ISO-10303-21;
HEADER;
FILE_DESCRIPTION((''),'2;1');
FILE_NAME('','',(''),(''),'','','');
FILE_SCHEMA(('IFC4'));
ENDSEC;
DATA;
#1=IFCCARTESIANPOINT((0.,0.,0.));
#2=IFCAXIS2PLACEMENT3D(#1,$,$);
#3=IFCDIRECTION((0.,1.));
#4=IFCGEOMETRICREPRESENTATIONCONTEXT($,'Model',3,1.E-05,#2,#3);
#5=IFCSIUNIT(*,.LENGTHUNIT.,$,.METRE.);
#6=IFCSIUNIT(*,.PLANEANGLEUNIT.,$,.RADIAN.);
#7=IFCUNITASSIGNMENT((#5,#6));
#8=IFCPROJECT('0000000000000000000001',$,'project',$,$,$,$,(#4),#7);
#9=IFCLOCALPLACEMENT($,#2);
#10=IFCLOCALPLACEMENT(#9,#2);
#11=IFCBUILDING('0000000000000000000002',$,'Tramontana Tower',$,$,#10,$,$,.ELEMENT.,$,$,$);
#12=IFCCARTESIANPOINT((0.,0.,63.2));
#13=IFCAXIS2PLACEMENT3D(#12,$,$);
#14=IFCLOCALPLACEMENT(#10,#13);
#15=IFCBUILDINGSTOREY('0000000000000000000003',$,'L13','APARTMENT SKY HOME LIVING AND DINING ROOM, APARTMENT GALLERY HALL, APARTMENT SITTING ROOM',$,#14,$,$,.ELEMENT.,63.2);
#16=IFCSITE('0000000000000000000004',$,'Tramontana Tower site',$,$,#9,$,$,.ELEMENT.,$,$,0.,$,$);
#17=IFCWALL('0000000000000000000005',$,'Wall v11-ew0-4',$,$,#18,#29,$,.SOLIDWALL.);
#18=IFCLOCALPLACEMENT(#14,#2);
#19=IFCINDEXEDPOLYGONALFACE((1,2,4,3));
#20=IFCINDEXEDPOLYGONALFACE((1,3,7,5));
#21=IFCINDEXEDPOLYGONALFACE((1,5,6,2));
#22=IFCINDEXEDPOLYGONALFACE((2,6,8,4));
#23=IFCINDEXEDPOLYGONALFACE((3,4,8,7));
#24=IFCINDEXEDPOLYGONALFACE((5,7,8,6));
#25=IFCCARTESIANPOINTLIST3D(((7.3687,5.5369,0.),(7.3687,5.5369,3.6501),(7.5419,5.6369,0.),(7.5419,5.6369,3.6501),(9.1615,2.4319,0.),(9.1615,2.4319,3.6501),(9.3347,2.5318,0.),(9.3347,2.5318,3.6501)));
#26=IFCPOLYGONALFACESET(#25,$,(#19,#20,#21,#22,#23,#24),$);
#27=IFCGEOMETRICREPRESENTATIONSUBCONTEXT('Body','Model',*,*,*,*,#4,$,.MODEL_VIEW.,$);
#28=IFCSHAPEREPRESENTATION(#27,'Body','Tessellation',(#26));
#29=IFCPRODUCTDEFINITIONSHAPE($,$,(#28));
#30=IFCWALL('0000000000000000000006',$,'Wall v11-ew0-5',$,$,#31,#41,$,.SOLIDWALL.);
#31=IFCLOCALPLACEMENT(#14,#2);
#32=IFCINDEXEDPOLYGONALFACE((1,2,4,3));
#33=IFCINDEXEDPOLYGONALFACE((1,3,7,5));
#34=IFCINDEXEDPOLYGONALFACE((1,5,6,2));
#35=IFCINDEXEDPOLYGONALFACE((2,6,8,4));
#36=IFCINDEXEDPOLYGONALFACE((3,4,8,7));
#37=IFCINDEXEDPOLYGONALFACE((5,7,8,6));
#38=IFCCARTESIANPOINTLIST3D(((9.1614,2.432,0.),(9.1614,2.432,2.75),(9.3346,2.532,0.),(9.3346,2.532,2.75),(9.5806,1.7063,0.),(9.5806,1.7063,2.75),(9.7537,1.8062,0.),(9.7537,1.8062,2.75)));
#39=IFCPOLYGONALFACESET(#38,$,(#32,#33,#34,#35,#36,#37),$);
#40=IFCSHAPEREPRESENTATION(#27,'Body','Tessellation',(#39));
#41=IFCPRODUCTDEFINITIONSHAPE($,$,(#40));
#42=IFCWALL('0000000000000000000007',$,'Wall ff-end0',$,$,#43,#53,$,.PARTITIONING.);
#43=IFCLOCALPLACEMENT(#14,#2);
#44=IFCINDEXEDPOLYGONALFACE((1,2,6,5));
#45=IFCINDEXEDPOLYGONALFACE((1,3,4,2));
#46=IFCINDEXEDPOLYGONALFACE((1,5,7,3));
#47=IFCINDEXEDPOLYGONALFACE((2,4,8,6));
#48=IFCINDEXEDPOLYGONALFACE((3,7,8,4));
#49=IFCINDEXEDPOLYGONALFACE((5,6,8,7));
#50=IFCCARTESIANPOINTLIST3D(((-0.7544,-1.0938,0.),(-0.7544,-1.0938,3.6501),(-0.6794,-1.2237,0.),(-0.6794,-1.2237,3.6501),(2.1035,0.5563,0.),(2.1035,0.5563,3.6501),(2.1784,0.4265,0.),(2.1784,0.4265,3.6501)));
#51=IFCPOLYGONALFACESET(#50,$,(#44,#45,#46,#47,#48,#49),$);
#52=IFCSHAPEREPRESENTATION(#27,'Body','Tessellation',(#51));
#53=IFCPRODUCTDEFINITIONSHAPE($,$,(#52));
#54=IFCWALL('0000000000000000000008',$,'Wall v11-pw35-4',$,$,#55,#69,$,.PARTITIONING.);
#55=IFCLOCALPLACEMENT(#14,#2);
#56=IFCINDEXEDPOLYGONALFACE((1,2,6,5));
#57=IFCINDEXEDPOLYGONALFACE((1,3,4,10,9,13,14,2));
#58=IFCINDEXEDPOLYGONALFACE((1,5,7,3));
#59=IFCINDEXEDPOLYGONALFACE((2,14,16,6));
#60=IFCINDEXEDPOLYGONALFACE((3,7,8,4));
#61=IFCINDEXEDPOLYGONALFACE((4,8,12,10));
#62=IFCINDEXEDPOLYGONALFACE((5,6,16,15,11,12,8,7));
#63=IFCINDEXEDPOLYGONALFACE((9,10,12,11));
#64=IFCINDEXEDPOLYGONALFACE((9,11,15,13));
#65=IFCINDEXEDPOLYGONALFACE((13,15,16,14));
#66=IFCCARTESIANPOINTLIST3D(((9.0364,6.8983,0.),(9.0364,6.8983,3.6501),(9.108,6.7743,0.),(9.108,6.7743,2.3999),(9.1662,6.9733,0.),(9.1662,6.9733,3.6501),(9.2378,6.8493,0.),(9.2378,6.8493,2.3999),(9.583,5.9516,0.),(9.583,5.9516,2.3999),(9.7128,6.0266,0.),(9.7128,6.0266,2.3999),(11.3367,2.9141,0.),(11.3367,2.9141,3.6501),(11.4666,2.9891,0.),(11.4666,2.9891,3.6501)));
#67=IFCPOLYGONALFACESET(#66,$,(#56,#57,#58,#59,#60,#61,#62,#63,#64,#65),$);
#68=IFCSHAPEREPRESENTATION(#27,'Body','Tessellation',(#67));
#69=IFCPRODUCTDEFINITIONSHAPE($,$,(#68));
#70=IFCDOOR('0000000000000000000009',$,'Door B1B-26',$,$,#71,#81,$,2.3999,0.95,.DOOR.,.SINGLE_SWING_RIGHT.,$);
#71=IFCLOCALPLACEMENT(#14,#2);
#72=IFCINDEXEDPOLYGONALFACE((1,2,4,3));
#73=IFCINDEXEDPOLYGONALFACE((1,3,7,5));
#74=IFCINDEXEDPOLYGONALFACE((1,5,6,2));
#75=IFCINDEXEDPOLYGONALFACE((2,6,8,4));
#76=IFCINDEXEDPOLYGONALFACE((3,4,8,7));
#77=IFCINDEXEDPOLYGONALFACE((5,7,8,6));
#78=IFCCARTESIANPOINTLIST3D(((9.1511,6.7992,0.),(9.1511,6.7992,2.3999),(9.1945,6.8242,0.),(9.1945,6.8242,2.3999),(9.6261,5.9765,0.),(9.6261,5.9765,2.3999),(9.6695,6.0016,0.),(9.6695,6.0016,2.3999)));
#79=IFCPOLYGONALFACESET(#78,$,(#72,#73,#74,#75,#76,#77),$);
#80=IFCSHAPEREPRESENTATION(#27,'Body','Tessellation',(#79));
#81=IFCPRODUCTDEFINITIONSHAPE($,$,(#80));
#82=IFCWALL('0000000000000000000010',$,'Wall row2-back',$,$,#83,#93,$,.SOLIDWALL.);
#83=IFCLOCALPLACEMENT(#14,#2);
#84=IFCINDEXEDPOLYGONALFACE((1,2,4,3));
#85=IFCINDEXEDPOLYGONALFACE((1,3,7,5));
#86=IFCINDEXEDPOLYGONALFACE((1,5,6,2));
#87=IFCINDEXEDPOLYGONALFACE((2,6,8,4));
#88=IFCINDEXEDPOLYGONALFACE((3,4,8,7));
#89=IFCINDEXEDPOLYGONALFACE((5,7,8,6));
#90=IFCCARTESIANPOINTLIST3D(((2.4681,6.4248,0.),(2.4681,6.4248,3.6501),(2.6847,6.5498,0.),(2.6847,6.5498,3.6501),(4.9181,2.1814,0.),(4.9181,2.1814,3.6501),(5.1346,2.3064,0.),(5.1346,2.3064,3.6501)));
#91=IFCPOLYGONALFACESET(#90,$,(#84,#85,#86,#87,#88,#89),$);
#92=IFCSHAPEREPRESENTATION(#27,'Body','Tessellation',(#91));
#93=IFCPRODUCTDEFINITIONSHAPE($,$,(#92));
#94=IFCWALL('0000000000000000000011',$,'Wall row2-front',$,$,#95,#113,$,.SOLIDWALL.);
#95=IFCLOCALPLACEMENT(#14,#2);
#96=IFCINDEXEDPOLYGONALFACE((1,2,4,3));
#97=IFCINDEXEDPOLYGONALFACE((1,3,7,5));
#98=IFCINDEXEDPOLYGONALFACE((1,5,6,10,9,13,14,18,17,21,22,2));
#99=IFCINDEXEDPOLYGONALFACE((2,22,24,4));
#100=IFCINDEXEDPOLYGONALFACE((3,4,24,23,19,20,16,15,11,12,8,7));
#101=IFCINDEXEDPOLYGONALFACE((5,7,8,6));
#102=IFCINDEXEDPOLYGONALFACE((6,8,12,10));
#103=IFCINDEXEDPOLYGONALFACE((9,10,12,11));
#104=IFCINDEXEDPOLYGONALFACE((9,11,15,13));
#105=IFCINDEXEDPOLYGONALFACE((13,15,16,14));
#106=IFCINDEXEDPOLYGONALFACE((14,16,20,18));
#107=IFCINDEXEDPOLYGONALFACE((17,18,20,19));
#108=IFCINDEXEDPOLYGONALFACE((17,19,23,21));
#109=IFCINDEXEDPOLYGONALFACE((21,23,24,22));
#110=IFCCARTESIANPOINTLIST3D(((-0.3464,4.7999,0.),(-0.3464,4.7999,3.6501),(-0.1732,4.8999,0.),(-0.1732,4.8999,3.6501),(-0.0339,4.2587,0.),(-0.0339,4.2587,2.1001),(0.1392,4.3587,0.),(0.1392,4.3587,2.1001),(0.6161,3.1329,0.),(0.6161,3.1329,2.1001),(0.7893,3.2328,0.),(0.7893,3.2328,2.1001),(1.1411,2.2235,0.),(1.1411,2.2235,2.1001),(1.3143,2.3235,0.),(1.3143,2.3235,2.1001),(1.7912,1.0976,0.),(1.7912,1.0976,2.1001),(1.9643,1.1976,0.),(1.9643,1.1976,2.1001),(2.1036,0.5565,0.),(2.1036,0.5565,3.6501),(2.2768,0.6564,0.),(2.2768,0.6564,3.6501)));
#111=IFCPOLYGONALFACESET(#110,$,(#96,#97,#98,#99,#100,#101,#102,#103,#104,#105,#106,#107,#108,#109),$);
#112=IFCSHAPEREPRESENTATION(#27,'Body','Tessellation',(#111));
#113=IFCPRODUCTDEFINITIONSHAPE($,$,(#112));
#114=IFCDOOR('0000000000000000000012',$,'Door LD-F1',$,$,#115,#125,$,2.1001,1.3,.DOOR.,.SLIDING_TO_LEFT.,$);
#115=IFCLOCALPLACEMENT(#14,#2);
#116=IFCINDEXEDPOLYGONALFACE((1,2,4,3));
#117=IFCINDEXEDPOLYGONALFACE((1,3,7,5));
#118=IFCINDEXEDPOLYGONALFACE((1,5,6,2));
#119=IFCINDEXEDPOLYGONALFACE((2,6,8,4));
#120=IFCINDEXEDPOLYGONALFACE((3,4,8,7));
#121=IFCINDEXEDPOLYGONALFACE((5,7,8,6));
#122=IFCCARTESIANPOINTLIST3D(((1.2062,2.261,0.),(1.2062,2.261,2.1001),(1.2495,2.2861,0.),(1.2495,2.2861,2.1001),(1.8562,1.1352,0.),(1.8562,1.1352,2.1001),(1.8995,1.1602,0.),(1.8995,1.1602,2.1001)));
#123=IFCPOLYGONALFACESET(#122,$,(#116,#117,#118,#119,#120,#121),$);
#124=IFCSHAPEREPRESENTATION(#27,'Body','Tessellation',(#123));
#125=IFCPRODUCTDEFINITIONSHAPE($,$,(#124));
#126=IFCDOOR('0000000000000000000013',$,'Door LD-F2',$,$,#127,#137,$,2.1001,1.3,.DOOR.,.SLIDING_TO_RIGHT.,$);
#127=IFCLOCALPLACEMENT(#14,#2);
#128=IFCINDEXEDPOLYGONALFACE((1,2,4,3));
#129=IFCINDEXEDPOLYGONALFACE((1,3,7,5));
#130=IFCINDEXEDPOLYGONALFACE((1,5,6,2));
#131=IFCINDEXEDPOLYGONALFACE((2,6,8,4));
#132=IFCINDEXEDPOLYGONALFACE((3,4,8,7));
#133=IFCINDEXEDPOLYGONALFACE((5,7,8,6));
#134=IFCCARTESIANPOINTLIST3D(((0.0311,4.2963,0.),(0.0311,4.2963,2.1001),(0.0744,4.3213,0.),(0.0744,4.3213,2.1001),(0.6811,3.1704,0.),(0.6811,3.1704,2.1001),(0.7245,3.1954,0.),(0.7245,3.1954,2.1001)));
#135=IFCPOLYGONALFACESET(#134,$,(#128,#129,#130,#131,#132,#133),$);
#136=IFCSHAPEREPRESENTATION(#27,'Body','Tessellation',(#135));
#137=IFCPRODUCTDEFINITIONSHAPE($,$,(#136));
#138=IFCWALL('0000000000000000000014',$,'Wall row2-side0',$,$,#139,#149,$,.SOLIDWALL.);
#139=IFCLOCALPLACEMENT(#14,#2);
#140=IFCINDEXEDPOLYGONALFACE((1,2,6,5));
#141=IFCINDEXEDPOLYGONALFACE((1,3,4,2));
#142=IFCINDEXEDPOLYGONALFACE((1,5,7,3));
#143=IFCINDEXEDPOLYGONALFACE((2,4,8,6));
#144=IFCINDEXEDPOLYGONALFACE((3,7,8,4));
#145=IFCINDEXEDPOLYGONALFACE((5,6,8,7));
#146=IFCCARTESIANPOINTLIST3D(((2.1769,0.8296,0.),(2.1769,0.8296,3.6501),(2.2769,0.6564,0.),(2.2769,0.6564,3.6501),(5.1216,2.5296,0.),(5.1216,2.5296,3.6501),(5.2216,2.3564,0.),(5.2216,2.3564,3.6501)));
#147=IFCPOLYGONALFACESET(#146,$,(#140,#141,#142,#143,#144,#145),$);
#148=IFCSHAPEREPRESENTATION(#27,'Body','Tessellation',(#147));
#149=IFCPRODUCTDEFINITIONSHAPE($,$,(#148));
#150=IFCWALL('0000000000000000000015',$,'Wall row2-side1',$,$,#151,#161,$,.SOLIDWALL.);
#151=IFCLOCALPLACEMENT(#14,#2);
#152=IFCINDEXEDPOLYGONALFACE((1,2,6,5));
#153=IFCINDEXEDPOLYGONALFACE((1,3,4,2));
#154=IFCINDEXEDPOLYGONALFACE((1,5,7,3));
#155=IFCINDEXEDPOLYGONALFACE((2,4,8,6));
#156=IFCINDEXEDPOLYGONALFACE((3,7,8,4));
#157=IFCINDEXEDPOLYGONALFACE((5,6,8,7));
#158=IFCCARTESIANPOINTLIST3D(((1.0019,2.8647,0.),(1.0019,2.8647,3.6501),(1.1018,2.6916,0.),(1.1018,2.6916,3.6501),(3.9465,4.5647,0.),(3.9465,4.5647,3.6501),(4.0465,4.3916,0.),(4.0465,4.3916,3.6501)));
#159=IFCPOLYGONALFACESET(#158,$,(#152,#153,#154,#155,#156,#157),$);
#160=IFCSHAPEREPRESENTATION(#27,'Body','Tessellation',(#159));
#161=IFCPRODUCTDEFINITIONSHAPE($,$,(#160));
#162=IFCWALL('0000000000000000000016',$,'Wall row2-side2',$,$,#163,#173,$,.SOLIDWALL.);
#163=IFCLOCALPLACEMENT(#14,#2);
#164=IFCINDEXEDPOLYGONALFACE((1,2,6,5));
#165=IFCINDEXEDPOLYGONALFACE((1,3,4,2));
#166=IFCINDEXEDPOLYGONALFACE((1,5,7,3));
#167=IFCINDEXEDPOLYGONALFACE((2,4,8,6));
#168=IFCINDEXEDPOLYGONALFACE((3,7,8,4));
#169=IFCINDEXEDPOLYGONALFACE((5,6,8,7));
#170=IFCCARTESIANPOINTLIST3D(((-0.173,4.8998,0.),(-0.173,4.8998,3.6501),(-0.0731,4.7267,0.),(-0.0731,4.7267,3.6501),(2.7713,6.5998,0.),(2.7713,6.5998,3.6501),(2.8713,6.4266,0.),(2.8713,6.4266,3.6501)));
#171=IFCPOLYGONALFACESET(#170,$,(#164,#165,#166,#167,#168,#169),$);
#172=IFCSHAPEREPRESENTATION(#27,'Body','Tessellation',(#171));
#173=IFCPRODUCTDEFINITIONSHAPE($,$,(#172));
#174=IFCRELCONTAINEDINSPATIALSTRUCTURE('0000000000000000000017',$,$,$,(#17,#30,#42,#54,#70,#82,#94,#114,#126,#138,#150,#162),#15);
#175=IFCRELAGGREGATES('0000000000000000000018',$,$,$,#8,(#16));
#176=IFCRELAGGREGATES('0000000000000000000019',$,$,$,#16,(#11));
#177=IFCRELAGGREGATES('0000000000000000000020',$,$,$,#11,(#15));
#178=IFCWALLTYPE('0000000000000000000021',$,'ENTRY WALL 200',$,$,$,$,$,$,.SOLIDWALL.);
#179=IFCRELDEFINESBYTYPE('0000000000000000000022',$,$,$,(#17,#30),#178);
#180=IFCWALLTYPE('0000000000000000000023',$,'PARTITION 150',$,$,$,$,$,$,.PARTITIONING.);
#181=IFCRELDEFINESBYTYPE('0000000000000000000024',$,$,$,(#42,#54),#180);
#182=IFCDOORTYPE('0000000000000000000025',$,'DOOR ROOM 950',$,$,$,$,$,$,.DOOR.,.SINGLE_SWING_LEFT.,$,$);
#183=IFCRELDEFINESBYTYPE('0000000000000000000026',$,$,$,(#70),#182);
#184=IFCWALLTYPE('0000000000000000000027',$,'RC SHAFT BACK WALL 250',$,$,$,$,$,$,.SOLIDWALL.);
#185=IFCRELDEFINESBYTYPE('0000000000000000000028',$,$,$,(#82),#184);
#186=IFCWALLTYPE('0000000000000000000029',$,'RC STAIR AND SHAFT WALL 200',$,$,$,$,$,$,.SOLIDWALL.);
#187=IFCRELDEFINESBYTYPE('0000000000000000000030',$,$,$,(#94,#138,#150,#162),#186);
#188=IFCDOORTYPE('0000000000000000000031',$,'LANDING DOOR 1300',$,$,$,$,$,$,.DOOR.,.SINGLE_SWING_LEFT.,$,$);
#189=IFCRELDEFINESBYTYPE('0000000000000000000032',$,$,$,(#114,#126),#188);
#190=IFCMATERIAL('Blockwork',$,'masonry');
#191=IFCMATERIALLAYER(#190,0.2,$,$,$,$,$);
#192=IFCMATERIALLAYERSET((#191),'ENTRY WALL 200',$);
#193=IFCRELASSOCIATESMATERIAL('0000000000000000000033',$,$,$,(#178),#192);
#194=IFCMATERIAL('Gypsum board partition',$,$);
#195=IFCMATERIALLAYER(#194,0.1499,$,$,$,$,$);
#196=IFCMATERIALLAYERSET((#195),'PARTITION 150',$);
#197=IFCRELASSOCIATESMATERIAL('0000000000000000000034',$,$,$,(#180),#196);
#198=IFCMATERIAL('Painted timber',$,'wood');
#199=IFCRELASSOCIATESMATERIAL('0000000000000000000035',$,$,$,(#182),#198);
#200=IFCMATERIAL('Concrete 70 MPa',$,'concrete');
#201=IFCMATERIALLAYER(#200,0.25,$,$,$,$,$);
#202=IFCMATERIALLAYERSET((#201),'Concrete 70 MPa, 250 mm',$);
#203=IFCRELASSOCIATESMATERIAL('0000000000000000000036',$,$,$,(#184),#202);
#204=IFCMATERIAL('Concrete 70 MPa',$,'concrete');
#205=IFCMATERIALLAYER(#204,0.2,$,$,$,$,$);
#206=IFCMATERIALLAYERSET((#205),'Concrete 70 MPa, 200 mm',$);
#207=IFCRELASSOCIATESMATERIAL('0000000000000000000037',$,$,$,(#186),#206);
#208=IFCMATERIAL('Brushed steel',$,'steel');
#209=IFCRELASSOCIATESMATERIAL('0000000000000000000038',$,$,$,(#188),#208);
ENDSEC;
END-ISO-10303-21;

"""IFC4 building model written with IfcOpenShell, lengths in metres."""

from ifc_helpers import new_model, si_unit, direction, frame, frame_2d, origin, place, context, subcontext, project, spatial, rectangle, extrude, material, layer, layer_set, type_object, element, fill, save


model = new_model("IFC4")

# Units and contexts
model_context = context("Model", 3, precision=1e-05, world=origin(), true_north=direction((0.0, 1.0)))
body_context = subcontext(model_context, "Body", "Model", "MODEL_VIEW")
ifc_project = project(units=[si_unit("LENGTHUNIT", "METRE"), si_unit("PLANEANGLEUNIT", "RADIAN")], contexts=[model_context])

# Site, building, storey
site_placement = place(None, origin())
site = spatial("IfcSite", under=ifc_project, at=site_placement, Name="Tramontana Tower site", CompositionType="ELEMENT", RefElevation=0.0)
building_placement = place(site_placement, origin())
building = spatial("IfcBuilding", under=site, at=building_placement, Name="Tramontana Tower", CompositionType="ELEMENT")
storey_placement = place(building_placement, frame((0.0, 0.0, 63.2)))
storey = spatial("IfcBuildingStorey", under=building, at=storey_placement, Name="L13", Description="APARTMENT SKY HOME LIVING AND DINING ROOM, APARTMENT GALLERY HALL, APARTMENT SITTING ROOM", CompositionType="ELEMENT", Elevation=63.2)

# Walls
ifc_material_1 = material(Name="Blockwork", Category="masonry")
ifc_layer_1 = layer(ifc_material_1, 0.2)
ifc_layer_set_1 = layer_set([ifc_layer_1], Name="ENTRY WALL 200")
wall_type_1 = type_object("IfcWallType", Name="ENTRY WALL 200", PredefinedType="SOLIDWALL", material=ifc_layer_set_1)
wall_1_placement = place(storey_placement, frame((7.4553, 5.5869, 0.0), z_axis=(0.0, 0.0, 1.0), x_axis=(0.500013, -0.866018, 0.0)))
element("IfcWall", 1, at=wall_1_placement, inside=storey, type_object=wall_type_1, Name="Wall v11-ew0-4", PredefinedType="SOLIDWALL", context=body_context, shape_type="SweptSolid", body=[
    extrude(rectangle(XDim=3.5854, YDim=0.2, at=frame_2d((1.7927, 0.0))), origin(), (0.0, 0.0, 1.0), 3.6501),
])
wall_2_placement = place(storey_placement, frame((9.248, 2.4819, 0.0), z_axis=(0.0, 0.0, 1.0), x_axis=(0.500117, -0.865958, 0.0)))
element("IfcWall", 2, at=wall_2_placement, inside=storey, type_object=wall_type_1, Name="Wall v11-ew0-5", PredefinedType="SOLIDWALL", context=body_context, shape_type="SweptSolid", body=[
    extrude(rectangle(XDim=0.8381, YDim=0.2, at=frame_2d((0.4189, 0.0))), origin(), (0.0, 0.0, 1.0), 2.75),
])

# Shared definitions
ifc_material_2 = material(Name="Gypsum board partition")
ifc_layer_2 = layer(ifc_material_2, 0.1499)
ifc_layer_set_2 = layer_set([ifc_layer_2], Name="PARTITION 150")
wall_type_2 = type_object("IfcWallType", Name="PARTITION 150", PredefinedType="PARTITIONING", material=ifc_layer_set_2)

# Wall
wall_3_placement = place(storey_placement, frame((-0.7168, -1.1587, 0.0), z_axis=(0.0, 0.0, 1.0), x_axis=(0.866008, 0.50003, 0.0)))
element("IfcWall", 3, at=wall_3_placement, inside=storey, type_object=wall_type_2, Name="Wall ff-end0", PredefinedType="PARTITIONING", context=body_context, shape_type="SweptSolid", body=[
    extrude(rectangle(XDim=3.3, YDim=0.1499, at=frame_2d((1.6499, 0.0))), origin(), (0.0, 0.0, 1.0), 3.6501),
])

# Wall, opening, door
wall_4_placement = place(storey_placement, frame((9.1013, 6.9358, 0.0), z_axis=(0.0, 0.0, 1.0), x_axis=(0.500009, -0.86602, 0.0)))
wall_4 = element("IfcWall", 4, at=wall_4_placement, inside=storey, type_object=wall_type_2, Name="Wall v11-pw35-4", PredefinedType="PARTITIONING", context=body_context, shape_type="SweptSolid", body=[
    extrude(rectangle(XDim=4.6006, YDim=0.1499, at=frame_2d((2.3003, 0.0))), origin(), (0.0, 0.0, 1.0), 3.6501),
])
opening_1_placement = place(wall_4_placement, frame((0.1431, 0.0, 0.0)))
opening_1 = element("IfcOpeningElement", 5, at=opening_1_placement, cuts=wall_4, PredefinedType="OPENING", context=body_context, shape_type="SweptSolid", body=[
    extrude(rectangle(XDim=0.95, YDim=2.3999, at=frame_2d((0.4751, 1.2))), frame((0.0, 0.085, 0.0), z_axis=(0.0, -1.0, 0.0), x_axis=(1.0, 0.0, 0.0)), (0.0, 0.0, 1.0), 0.1699),
])
ifc_material_3 = material(Name="Painted timber", Category="wood")
door_type_1 = type_object("IfcDoorType", Name="DOOR ROOM 950", OperationType="SINGLE_SWING_LEFT", PredefinedType="DOOR", material=ifc_material_3)
door_1_placement = place(opening_1_placement, origin())
door_1 = element("IfcDoor", 6, at=door_1_placement, inside=storey, type_object=door_type_1, Name="Door B1B-26", OperationType="SINGLE_SWING_RIGHT", OverallHeight=2.3999, OverallWidth=0.95, PredefinedType="DOOR", context=body_context, shape_type="SweptSolid", body=[
    extrude(rectangle(XDim=0.95, YDim=2.3999, at=frame_2d((0.4751, 1.2))), frame((0.0, 0.0249, 0.0), z_axis=(0.0, -1.0, 0.0), x_axis=(1.0, 0.0, 0.0)), (0.0, 0.0, 1.0), 0.05),
])
fill(opening_1, door_1)

# Wall
ifc_material_4 = material(Name="Concrete 70 MPa", Category="concrete")
ifc_layer_3 = layer(ifc_material_4, 0.25)
ifc_layer_set_3 = layer_set([ifc_layer_3], Name="Concrete 70 MPa, 250 mm")
wall_type_3 = type_object("IfcWallType", Name="RC SHAFT BACK WALL 250", PredefinedType="SOLIDWALL", material=ifc_layer_set_3)
wall_5_placement = place(storey_placement, frame((5.0264, 2.2439, 0.0), z_axis=(0.0, 0.0, 1.0), x_axis=(-0.500003, 0.866024, 0.0)))
element("IfcWall", 7, at=wall_5_placement, inside=storey, type_object=wall_type_3, Name="Wall row2-back", PredefinedType="SOLIDWALL", context=body_context, shape_type="SweptSolid", body=[
    extrude(rectangle(XDim=4.8999, YDim=0.25, at=frame_2d((2.45, 0.0))), origin(), (0.0, 0.0, 1.0), 3.6501),
])

# Shared definitions
ifc_material_5 = material(Name="Concrete 70 MPa", Category="concrete")
ifc_layer_4 = layer(ifc_material_5, 0.2)
ifc_layer_set_4 = layer_set([ifc_layer_4], Name="Concrete 70 MPa, 200 mm")
wall_type_4 = type_object("IfcWallType", Name="RC STAIR AND SHAFT WALL 200", PredefinedType="SOLIDWALL", material=ifc_layer_set_4)

# Wall, openings, doors
wall_6_placement = place(storey_placement, frame((2.1902, 0.6064, 0.0), z_axis=(0.0, 0.0, 1.0), x_axis=(-0.500003, 0.866024, 0.0)))
wall_6 = element("IfcWall", 8, at=wall_6_placement, inside=storey, type_object=wall_type_4, Name="Wall row2-front", PredefinedType="SOLIDWALL", context=body_context, shape_type="SweptSolid", body=[
    extrude(rectangle(XDim=4.8999, YDim=0.2, at=frame_2d((2.45, 0.0))), origin(), (0.0, 0.0, 1.0), 3.6501),
])
opening_2_placement = place(wall_6_placement, frame((0.625, 0.0, 0.0)))
opening_2 = element("IfcOpeningElement", 9, at=opening_2_placement, cuts=wall_6, PredefinedType="OPENING", context=body_context, shape_type="SweptSolid", body=[
    extrude(rectangle(XDim=1.3, YDim=2.1001, at=frame_2d((0.6499, 1.05))), frame((0.0, 0.1099, 0.0), z_axis=(0.0, -1.0, 0.0), x_axis=(1.0, 0.0, 0.0)), (0.0, 0.0, 1.0), 0.22),
])
opening_3_placement = place(wall_6_placement, frame((2.9751, 0.0, 0.0)))
opening_3 = element("IfcOpeningElement", 10, at=opening_3_placement, cuts=wall_6, PredefinedType="OPENING", context=body_context, shape_type="SweptSolid", body=[
    extrude(rectangle(XDim=1.3, YDim=2.1001, at=frame_2d((0.6499, 1.05))), frame((0.0, 0.1099, 0.0), z_axis=(0.0, -1.0, 0.0), x_axis=(1.0, 0.0, 0.0)), (0.0, 0.0, 1.0), 0.22),
])
ifc_material_6 = material(Name="Brushed steel", Category="steel")
door_type_2 = type_object("IfcDoorType", Name="LANDING DOOR 1300", OperationType="SINGLE_SWING_LEFT", PredefinedType="DOOR", material=ifc_material_6)
door_2_placement = place(opening_2_placement, origin())
door_2 = element("IfcDoor", 11, at=door_2_placement, inside=storey, type_object=door_type_2, Name="Door LD-F1", OperationType="SLIDING_TO_LEFT", OverallHeight=2.1001, OverallWidth=1.3, PredefinedType="DOOR", context=body_context, shape_type="SweptSolid", body=[
    extrude(rectangle(XDim=1.3, YDim=2.1001, at=frame_2d((0.6499, 1.05))), frame((0.0, 0.0249, 0.0), z_axis=(0.0, -1.0, 0.0), x_axis=(1.0, 0.0, 0.0)), (0.0, 0.0, 1.0), 0.05),
])
fill(opening_2, door_2)
door_3_placement = place(opening_3_placement, origin())
door_3 = element("IfcDoor", 12, at=door_3_placement, inside=storey, type_object=door_type_2, Name="Door LD-F2", OperationType="SLIDING_TO_RIGHT", OverallHeight=2.1001, OverallWidth=1.3, PredefinedType="DOOR", context=body_context, shape_type="SweptSolid", body=[
    extrude(rectangle(XDim=1.3, YDim=2.1001, at=frame_2d((0.6499, 1.05))), frame((0.0, 0.0249, 0.0), z_axis=(0.0, -1.0, 0.0), x_axis=(1.0, 0.0, 0.0)), (0.0, 0.0, 1.0), 0.05),
])
fill(opening_3, door_3)

# Walls
for number, where, z_axis, x_axis, name in (
    (13, (2.2268, 0.7429, 0.0), (0.0, 0.0, 1.0), (0.866039, 0.499977, 0.0), "Wall row2-side0"),
    (14, (1.0518, 2.7781, 0.0), (0.0, 0.0, 1.0), (0.866039, 0.499977, 0.0), "Wall row2-side1"),
):
    element("IfcWall", number, at=place(storey_placement, frame(where, z_axis=z_axis, x_axis=x_axis)), inside=storey, type_object=wall_type_4, Name=name, PredefinedType="SOLIDWALL", context=body_context, shape_type="SweptSolid", body=[
        extrude(rectangle(XDim=3.4001, YDim=0.2, at=frame_2d((1.7002, 0.0))), origin(), (0.0, 0.0, 1.0), 3.6501),
    ])
wall_7_placement = place(storey_placement, frame((-0.123, 4.8132, 0.0), z_axis=(0.0, 0.0, 1.0), x_axis=(0.866021, 0.500008, 0.0)))
element("IfcWall", 15, at=wall_7_placement, inside=storey, type_object=wall_type_4, Name="Wall row2-side2", PredefinedType="SOLIDWALL", context=body_context, shape_type="SweptSolid", body=[
    extrude(rectangle(XDim=3.3999, YDim=0.2, at=frame_2d((1.7, 0.0))), origin(), (0.0, 0.0, 1.0), 3.6501),
])

save(model, "model.ifc")
